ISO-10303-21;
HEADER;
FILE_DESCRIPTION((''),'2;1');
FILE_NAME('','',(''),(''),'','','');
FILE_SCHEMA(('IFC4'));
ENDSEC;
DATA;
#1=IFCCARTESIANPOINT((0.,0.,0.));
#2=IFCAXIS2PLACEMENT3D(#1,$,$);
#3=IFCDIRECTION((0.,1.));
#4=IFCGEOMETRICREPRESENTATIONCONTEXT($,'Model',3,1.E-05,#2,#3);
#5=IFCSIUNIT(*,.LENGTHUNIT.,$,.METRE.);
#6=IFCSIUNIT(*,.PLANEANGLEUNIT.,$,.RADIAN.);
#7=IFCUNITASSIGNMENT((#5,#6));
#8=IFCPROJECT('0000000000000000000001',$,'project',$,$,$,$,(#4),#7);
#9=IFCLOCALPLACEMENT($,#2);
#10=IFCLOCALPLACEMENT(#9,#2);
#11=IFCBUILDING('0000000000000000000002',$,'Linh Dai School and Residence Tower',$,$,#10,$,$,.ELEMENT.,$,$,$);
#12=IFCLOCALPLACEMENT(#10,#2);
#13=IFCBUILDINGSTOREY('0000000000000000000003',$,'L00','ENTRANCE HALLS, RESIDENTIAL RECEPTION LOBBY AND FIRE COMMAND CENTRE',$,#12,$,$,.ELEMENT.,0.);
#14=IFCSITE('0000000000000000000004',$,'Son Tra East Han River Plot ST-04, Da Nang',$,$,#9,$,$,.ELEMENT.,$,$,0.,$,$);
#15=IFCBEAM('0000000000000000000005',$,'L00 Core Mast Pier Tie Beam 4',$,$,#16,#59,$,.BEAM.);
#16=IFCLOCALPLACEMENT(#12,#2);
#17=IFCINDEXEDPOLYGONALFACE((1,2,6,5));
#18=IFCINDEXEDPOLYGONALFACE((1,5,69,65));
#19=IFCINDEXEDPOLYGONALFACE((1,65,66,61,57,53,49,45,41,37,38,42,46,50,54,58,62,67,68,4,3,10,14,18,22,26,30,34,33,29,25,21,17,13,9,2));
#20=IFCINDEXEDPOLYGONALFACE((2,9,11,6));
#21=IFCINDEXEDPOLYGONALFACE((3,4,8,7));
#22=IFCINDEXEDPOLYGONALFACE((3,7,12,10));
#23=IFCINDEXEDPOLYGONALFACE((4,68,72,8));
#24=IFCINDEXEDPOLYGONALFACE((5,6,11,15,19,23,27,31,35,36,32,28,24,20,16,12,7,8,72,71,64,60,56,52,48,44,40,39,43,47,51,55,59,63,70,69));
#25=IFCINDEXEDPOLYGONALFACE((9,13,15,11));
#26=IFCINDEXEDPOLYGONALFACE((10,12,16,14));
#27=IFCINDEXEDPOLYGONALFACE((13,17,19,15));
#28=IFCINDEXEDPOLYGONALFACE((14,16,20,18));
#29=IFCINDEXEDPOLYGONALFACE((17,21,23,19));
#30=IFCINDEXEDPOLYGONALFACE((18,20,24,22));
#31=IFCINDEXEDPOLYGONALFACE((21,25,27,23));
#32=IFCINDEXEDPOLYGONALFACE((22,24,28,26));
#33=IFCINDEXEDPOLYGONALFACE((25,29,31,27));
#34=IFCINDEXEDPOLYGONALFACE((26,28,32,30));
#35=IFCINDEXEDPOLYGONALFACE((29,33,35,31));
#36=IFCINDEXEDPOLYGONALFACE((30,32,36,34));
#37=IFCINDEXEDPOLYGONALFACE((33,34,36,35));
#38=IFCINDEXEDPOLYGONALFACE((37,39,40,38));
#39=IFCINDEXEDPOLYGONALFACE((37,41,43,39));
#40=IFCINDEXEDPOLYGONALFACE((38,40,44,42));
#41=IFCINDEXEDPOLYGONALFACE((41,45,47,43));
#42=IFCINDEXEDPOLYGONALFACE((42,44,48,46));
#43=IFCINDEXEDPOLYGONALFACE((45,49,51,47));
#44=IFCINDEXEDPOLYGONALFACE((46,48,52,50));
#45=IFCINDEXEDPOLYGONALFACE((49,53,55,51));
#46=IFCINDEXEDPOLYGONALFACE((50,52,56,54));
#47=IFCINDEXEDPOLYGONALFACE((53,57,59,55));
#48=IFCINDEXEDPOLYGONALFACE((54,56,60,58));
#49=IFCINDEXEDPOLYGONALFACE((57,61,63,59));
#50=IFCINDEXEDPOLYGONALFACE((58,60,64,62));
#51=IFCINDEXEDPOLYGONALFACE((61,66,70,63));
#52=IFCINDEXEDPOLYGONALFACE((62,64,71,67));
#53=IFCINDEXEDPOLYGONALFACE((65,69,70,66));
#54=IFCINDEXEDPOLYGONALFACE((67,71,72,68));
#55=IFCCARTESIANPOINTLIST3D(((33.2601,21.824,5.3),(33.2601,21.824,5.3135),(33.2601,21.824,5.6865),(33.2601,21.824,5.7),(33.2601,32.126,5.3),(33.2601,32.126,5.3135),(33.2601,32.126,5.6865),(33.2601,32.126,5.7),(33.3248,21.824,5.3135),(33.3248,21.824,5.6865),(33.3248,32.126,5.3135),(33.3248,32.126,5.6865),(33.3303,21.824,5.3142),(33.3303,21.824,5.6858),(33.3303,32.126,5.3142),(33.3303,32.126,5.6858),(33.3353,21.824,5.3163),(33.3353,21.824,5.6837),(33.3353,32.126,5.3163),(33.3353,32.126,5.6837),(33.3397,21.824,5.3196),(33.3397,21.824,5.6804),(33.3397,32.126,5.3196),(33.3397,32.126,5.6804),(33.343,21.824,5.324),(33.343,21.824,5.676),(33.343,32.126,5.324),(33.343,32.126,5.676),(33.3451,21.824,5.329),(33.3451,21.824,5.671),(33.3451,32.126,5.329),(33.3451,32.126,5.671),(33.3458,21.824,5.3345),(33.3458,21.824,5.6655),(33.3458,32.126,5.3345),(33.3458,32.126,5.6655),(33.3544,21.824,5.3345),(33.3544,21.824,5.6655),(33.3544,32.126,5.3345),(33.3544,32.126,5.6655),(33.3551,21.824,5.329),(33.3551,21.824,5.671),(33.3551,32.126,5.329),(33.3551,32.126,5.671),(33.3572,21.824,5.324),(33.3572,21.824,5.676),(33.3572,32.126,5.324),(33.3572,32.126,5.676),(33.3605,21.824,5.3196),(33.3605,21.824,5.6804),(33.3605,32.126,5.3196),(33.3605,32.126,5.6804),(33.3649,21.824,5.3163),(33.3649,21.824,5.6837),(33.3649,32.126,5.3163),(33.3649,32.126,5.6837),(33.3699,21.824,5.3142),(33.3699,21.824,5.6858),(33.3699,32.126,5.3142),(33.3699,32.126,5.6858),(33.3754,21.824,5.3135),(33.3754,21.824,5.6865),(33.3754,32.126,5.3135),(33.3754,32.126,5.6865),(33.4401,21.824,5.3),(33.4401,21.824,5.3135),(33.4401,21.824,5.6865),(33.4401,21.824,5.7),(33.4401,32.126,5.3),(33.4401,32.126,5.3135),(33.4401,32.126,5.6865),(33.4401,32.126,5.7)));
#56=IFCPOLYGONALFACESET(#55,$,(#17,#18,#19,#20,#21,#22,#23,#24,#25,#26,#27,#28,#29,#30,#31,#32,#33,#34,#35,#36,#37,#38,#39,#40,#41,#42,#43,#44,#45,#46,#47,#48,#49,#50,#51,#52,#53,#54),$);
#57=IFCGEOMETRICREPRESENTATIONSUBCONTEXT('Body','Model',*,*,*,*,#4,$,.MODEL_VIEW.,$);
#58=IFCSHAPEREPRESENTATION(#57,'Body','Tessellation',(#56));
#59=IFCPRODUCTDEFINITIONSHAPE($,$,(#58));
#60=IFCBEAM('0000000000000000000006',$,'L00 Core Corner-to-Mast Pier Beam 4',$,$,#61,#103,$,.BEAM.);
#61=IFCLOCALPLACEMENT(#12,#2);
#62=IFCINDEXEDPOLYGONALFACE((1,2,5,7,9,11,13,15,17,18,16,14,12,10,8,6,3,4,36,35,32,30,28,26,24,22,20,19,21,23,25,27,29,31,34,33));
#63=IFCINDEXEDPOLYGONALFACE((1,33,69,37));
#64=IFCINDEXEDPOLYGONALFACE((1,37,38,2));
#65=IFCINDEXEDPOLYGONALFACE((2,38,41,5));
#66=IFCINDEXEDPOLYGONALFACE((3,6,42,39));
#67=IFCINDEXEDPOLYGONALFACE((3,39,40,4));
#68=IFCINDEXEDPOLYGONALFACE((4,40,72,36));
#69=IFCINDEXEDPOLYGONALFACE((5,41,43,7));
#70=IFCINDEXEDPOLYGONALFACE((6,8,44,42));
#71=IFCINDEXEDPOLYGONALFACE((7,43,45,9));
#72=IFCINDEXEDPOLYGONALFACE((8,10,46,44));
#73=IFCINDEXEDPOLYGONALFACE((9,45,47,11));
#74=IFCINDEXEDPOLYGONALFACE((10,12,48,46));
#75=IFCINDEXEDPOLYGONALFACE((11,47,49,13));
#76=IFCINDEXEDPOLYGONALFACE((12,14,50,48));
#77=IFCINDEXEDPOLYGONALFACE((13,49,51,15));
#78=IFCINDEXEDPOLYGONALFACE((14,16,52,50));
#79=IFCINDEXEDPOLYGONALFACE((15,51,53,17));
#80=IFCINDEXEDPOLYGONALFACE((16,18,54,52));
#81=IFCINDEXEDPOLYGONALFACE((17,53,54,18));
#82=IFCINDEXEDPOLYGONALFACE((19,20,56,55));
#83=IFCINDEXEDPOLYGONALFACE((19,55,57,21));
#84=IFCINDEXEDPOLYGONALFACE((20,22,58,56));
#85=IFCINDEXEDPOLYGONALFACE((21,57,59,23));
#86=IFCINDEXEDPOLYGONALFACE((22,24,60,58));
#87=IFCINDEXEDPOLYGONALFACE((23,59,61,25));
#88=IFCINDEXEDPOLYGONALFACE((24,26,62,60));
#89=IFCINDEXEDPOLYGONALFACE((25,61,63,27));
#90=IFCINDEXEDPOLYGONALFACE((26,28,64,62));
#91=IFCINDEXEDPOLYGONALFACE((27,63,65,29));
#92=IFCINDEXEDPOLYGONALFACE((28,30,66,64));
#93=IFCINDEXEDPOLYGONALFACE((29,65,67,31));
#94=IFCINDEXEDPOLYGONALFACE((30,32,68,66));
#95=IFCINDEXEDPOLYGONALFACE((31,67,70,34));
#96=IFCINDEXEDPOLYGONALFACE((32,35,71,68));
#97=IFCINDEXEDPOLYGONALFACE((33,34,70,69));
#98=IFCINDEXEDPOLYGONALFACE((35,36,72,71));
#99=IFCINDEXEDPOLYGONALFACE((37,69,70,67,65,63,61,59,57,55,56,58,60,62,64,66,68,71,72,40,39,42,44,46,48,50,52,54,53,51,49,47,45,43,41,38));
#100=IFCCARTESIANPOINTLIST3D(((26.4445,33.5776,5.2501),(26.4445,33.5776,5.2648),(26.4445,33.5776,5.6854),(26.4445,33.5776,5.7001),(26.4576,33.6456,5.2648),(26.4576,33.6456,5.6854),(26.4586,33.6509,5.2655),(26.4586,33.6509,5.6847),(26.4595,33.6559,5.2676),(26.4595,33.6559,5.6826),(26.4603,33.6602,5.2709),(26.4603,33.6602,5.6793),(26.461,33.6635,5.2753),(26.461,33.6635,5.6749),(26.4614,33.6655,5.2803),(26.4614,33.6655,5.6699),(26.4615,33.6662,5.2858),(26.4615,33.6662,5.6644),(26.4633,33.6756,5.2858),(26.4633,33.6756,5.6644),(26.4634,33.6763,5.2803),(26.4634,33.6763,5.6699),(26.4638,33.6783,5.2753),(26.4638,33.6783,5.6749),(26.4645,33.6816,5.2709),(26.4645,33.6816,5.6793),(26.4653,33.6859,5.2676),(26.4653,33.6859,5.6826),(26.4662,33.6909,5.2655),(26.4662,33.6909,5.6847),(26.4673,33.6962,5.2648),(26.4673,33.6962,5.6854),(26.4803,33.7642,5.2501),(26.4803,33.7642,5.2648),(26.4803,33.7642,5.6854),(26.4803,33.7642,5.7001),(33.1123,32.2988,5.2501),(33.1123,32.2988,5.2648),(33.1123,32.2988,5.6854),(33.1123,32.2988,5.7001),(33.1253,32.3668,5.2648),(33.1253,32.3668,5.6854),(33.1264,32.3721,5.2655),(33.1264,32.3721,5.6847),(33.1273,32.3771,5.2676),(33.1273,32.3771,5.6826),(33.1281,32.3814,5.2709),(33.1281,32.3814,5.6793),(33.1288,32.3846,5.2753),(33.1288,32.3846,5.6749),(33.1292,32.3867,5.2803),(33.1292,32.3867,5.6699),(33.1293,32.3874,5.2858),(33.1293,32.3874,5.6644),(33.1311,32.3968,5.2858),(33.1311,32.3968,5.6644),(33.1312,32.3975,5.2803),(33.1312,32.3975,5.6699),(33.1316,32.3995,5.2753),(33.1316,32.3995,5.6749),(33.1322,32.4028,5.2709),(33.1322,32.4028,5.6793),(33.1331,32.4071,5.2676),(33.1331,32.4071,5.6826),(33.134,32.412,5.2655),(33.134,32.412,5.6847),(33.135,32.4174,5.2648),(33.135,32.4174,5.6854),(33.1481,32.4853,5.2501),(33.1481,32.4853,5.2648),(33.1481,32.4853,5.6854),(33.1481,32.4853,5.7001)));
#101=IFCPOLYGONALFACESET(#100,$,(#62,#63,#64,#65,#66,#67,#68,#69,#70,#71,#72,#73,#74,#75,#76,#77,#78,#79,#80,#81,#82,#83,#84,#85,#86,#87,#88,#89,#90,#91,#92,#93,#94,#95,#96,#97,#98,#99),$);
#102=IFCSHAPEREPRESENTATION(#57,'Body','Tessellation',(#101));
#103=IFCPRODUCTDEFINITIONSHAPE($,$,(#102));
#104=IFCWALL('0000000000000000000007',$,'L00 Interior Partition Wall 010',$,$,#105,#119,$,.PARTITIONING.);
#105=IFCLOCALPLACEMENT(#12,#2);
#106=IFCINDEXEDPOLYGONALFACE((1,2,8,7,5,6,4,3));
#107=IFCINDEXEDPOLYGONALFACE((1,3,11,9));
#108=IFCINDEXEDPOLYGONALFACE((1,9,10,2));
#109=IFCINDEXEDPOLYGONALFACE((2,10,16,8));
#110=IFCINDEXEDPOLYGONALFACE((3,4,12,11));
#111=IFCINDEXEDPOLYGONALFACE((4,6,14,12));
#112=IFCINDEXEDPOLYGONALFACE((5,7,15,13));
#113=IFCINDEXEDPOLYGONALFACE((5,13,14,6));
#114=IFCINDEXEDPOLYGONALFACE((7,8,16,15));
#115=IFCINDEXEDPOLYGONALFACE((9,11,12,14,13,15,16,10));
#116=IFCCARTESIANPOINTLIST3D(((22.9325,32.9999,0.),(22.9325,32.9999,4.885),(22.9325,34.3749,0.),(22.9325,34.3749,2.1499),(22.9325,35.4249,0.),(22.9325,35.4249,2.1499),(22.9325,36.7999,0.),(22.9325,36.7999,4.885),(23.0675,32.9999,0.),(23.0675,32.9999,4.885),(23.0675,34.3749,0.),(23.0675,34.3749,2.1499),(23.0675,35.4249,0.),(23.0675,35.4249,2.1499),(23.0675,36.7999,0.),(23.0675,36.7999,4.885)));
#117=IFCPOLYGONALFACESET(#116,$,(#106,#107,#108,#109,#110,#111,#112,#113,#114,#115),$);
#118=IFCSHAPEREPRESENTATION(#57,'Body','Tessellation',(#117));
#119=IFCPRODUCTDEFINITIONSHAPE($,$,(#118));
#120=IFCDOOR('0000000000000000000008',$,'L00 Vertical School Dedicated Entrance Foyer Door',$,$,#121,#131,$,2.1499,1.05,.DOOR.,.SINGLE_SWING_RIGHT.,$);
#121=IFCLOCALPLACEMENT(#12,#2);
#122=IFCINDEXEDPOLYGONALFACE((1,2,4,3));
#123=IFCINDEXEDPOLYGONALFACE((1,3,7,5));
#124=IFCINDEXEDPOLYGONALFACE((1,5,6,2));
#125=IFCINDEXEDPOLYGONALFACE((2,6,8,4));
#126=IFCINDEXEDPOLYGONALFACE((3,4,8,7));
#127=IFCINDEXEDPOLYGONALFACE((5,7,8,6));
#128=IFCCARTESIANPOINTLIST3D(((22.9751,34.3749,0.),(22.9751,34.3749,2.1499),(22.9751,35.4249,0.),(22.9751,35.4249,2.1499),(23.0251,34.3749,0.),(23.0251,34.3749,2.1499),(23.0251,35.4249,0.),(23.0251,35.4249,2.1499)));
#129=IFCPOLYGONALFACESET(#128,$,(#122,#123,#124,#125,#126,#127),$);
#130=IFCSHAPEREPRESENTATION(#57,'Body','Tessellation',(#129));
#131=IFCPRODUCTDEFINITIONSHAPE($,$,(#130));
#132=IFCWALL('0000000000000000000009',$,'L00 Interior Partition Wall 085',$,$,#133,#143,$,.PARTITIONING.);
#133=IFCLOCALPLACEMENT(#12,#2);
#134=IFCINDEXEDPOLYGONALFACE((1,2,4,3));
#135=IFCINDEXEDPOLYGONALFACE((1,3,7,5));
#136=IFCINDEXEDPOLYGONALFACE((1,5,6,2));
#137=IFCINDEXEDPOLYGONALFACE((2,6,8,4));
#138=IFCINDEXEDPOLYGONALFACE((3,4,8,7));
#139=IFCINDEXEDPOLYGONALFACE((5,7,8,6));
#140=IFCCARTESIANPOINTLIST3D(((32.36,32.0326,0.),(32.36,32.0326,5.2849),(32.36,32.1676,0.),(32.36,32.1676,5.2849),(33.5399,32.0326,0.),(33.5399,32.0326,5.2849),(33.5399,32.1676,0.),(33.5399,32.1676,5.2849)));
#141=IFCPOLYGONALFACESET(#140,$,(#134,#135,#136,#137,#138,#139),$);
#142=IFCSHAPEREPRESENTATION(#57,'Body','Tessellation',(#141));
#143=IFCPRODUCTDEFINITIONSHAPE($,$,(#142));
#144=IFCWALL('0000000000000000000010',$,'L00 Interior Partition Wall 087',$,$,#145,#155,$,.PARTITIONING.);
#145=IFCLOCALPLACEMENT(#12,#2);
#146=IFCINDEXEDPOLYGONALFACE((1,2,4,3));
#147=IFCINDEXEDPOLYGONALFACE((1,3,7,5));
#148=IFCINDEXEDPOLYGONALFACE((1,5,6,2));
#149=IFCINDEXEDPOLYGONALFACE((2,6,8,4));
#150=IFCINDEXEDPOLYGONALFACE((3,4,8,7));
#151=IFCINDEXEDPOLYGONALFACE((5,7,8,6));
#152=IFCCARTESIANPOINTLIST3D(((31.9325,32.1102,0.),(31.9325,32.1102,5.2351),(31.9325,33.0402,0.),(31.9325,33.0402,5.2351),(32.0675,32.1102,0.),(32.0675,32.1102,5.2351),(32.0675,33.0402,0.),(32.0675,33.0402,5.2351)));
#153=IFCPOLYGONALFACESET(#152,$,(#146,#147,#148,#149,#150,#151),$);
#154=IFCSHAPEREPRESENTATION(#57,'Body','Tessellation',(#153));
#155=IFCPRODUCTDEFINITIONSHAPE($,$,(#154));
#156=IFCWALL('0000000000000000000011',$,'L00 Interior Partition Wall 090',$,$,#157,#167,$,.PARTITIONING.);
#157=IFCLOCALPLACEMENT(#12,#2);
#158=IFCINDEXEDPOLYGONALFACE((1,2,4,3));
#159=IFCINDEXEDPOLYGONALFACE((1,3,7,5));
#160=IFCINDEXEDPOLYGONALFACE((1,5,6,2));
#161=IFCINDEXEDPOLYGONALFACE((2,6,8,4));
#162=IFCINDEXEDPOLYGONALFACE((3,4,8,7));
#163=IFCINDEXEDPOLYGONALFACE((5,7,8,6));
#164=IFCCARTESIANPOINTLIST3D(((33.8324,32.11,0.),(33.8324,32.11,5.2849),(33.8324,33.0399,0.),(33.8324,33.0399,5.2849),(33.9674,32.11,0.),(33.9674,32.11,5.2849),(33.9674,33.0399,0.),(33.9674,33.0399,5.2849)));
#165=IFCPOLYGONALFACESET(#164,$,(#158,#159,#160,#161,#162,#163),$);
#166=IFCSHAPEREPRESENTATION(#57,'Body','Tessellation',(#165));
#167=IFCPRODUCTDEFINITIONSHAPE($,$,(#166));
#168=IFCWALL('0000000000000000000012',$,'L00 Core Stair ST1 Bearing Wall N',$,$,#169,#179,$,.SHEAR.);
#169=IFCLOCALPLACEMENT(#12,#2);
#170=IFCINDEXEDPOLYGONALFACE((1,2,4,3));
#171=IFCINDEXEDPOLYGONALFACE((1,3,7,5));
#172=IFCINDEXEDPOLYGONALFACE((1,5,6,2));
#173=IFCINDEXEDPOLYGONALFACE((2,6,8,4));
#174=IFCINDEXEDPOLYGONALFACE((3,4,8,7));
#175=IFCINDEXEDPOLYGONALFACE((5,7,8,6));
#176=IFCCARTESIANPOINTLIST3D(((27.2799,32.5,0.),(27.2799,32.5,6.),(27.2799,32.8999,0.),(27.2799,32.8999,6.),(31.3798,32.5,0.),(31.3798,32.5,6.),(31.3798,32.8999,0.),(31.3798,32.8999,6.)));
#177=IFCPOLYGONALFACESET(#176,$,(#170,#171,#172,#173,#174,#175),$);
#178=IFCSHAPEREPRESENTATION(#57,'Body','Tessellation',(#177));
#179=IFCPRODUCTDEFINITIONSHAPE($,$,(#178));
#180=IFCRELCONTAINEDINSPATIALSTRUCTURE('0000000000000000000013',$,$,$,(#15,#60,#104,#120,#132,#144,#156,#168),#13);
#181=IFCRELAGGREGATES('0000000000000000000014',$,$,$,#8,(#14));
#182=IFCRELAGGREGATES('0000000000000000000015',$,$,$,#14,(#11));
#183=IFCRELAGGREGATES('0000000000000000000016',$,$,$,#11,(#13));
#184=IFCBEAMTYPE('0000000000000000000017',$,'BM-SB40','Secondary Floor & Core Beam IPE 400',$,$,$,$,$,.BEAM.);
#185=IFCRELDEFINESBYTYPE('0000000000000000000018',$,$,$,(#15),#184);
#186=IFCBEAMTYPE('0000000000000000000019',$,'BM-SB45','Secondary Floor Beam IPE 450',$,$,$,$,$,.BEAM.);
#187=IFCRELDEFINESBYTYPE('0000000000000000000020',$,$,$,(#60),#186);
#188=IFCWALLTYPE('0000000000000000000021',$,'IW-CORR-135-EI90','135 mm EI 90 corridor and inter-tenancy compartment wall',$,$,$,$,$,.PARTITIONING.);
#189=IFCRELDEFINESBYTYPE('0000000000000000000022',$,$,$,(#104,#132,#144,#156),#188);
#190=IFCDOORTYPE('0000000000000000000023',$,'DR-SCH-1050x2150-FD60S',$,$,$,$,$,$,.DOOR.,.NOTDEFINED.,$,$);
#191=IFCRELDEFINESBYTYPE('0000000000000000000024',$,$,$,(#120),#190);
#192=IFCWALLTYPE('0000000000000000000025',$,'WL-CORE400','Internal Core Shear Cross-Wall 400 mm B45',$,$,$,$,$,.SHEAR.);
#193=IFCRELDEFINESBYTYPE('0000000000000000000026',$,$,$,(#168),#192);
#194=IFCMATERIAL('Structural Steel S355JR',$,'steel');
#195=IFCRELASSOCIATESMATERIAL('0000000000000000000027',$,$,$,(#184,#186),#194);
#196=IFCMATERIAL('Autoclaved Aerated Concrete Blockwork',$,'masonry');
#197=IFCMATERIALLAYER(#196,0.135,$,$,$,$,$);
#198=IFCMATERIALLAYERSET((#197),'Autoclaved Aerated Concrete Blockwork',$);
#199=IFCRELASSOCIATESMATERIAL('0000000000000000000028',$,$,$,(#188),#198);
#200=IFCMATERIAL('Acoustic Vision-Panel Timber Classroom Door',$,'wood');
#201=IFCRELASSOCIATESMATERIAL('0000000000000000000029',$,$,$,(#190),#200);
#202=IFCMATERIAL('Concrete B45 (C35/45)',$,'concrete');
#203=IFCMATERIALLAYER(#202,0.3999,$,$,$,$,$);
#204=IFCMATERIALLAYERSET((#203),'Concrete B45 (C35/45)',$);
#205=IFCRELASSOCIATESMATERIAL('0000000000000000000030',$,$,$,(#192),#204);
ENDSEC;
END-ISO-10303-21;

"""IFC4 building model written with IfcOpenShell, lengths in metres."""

from ifc_helpers import new_model, si_unit, direction, frame, frame_2d, origin, origin_2d, place, context, subcontext, project, spatial, rectangle, i_section, extrude, source, transform, mapped, material, layer, layer_set, material_profile, profile_set, type_object, element, fill, save


model = new_model("IFC4")

# Units and contexts
model_context = context("Model", 3, precision=1e-05, world=origin(), true_north=direction((0.0, 1.0)))
body_context = subcontext(model_context, "Body", "Model", "MODEL_VIEW")
ifc_project = project(units=[si_unit("LENGTHUNIT", "METRE"), si_unit("PLANEANGLEUNIT", "RADIAN")], contexts=[model_context])

# Site, building, storey
site_placement = place(None, origin())
site = spatial("IfcSite", under=ifc_project, at=site_placement, Name="Son Tra East Han River Plot ST-04, Da Nang", CompositionType="ELEMENT", RefElevation=0.0)
building_placement = place(site_placement, origin())
building = spatial("IfcBuilding", under=site, at=building_placement, Name="Linh Dai School and Residence Tower", CompositionType="ELEMENT")
storey_placement = place(building_placement, origin())
storey = spatial("IfcBuildingStorey", under=building, at=storey_placement, Name="L00", Description="ENTRANCE HALLS, RESIDENTIAL RECEPTION LOBBY AND FIRE COMMAND CENTRE", CompositionType="ELEMENT", Elevation=0.0)

# Shared definitions
ifc_material_1 = material(Name="Structural Steel S355JR", Category="steel")

# Beams
ifc_material_profile_1 = material_profile(ifc_material_1, i_section(OverallWidth=0.1799, OverallDepth=0.3999, WebThickness=0.0085, FlangeThickness=0.0134, FilletRadius=0.021, at=origin_2d()), Name="IPE 400")
ifc_profile_set_1 = profile_set([ifc_material_profile_1], Name="Structural Steel S355JR")
beam_type_1 = type_object("IfcBeamType", Name="BM-SB40", Description="Secondary Floor & Core Beam IPE 400", PredefinedType="BEAM", material=ifc_profile_set_1)
beam_1_placement = place(storey_placement, frame((33.3501, 32.126, 5.5), z_axis=(0.0, -1.0, 0.0), x_axis=(1.0, 0.0, 0.0)))
element("IfcBeam", 1, at=beam_1_placement, inside=storey, type_object=beam_type_1, Name="L00 Core Mast Pier Tie Beam 4", PredefinedType="BEAM", context=body_context, shape_type="SweptSolid", body=[
    extrude(i_section(OverallWidth=0.1799, OverallDepth=0.3999, WebThickness=0.0085, FlangeThickness=0.0134, FilletRadius=0.021, at=origin_2d()), origin(), (0.0, 0.0, 1.0), 10.302),
])
ifc_material_profile_2 = material_profile(ifc_material_1, i_section(OverallWidth=0.1899, OverallDepth=0.45, WebThickness=0.0095, FlangeThickness=0.0146, FilletRadius=0.021, at=origin_2d()), Name="IPE 450")
ifc_profile_set_2 = profile_set([ifc_material_profile_2], Name="Structural Steel S355JR")
beam_type_2 = type_object("IfcBeamType", Name="BM-SB45", Description="Secondary Floor Beam IPE 450", PredefinedType="BEAM", material=ifc_profile_set_2)
beam_2_placement = place(storey_placement, frame((26.4624, 33.6709, 5.4751), z_axis=(0.9821, -0.188358, 0.0), x_axis=(0.188358, 0.9821, 0.0)))
element("IfcBeam", 2, at=beam_2_placement, inside=storey, type_object=beam_type_2, Name="L00 Core Corner-to-Mast Pier Beam 4", PredefinedType="BEAM", context=body_context, shape_type="SweptSolid", body=[
    extrude(i_section(OverallWidth=0.1899, OverallDepth=0.45, WebThickness=0.0095, FlangeThickness=0.0146, FilletRadius=0.021, at=origin_2d()), origin(), (0.0, 0.0, 1.0), 6.7893),
])

# Wall, opening, door
ifc_material_2 = material(Name="Autoclaved Aerated Concrete Blockwork", Category="masonry")
ifc_layer_1 = layer(ifc_material_2, 0.135)
ifc_layer_set_1 = layer_set([ifc_layer_1], Name="Autoclaved Aerated Concrete Blockwork")
wall_type_1 = type_object("IfcWallType", Name="IW-CORR-135-EI90", Description="135 mm EI 90 corridor and inter-tenancy compartment wall", PredefinedType="PARTITIONING", material=ifc_layer_set_1)
wall_1_placement = place(storey_placement, frame((23.0, 33.0, 0.0), z_axis=(0.0, 0.0, 1.0), x_axis=(0.0, 1.0, 0.0)))
wall_1 = element("IfcWall", 3, at=wall_1_placement, inside=storey, type_object=wall_type_1, Name="L00 Interior Partition Wall 010", PredefinedType="PARTITIONING", context=body_context, shape_type="SweptSolid", body=[
    extrude(rectangle(XDim=3.8, YDim=0.135, at=frame_2d((1.8999, 0.0))), origin(), (0.0, 0.0, 1.0), 4.885),
])
opening_placement = place(wall_1_placement, frame((1.375, 0.0, 0.0)))
opening = element("IfcOpeningElement", 4, at=opening_placement, cuts=wall_1, PredefinedType="OPENING", context=body_context, shape_type="SweptSolid", body=[
    extrude(rectangle(XDim=1.05, YDim=2.1499, at=origin_2d()), frame((0.5249, 0.0776, 1.075), z_axis=(0.0, -1.0, 0.0), x_axis=(1.0, 0.0, 0.0)), (0.0, 0.0, 1.0), 0.155),
])
ifc_material_3 = material(Name="Acoustic Vision-Panel Timber Classroom Door", Category="wood")
door_type = type_object("IfcDoorType", Name="DR-SCH-1050x2150-FD60S", OperationType="NOTDEFINED", PredefinedType="DOOR", material=ifc_material_3)
shared_shape_1 = source(origin(), body_context, "Body", "SweptSolid", [
    extrude(rectangle(XDim=1.05, YDim=2.1499, at=origin_2d()), frame((0.5249, 0.0249, 1.075), z_axis=(0.0, -1.0, 0.0), x_axis=(1.0, 0.0, 0.0)), (0.0, 0.0, 1.0), 0.05),
])
door_placement = place(opening_placement, origin())
door = element("IfcDoor", 5, at=door_placement, inside=storey, type_object=door_type, Name="L00 Vertical School Dedicated Entrance Foyer Door", OperationType="SINGLE_SWING_RIGHT", OverallHeight=2.1499, OverallWidth=1.05, PredefinedType="DOOR", context=body_context, shape_type="MappedRepresentation", body=[
    mapped(shared_shape_1, transform((0.0, 0.0, 0.0), x_axis=(1.0, 0.0, 0.0), y_axis=(0.0, 1.0, 0.0), z_axis=(0.0, 0.0, 1.0), scale=1.0)),
])
fill(opening, door)

# Walls
wall_2_placement = place(storey_placement, frame((32.3601, 32.1001, 0.0), z_axis=(0.0, 0.0, 1.0), x_axis=(1.0, 0.0, 0.0)))
element("IfcWall", 6, at=wall_2_placement, inside=storey, type_object=wall_type_1, Name="L00 Interior Partition Wall 085", PredefinedType="PARTITIONING", context=body_context, shape_type="SweptSolid", body=[
    extrude(rectangle(XDim=1.1799, YDim=0.135, at=frame_2d((0.5898, 0.0))), origin(), (0.0, 0.0, 1.0), 5.2849),
])
wall_3_placement = place(storey_placement, frame((32.0, 33.04, 0.0), z_axis=(0.0, 0.0, 1.0), x_axis=(0.0, -1.0, 0.0)))
element("IfcWall", 7, at=wall_3_placement, inside=storey, type_object=wall_type_1, Name="L00 Interior Partition Wall 087", PredefinedType="PARTITIONING", context=body_context, shape_type="SweptSolid", body=[
    extrude(rectangle(XDim=0.9299, YDim=0.135, at=frame_2d((0.4648, 0.0))), origin(), (0.0, 0.0, 1.0), 5.2351),
])
wall_4_placement = place(storey_placement, frame((33.8999, 32.1101, 0.0), z_axis=(0.0, 0.0, 1.0), x_axis=(0.0, 1.0, 0.0)))
element("IfcWall", 8, at=wall_4_placement, inside=storey, type_object=wall_type_1, Name="L00 Interior Partition Wall 090", PredefinedType="PARTITIONING", context=body_context, shape_type="SweptSolid", body=[
    extrude(rectangle(XDim=0.9299, YDim=0.135, at=frame_2d((0.4648, 0.0))), origin(), (0.0, 0.0, 1.0), 5.2849),
])
ifc_material_4 = material(Name="Concrete B45 (C35/45)", Category="concrete")
ifc_layer_2 = layer(ifc_material_4, 0.3999)
ifc_layer_set_2 = layer_set([ifc_layer_2], Name="Concrete B45 (C35/45)")
wall_type_2 = type_object("IfcWallType", Name="WL-CORE400", Description="Internal Core Shear Cross-Wall 400 mm B45", PredefinedType="SHEAR", material=ifc_layer_set_2)
wall_5_placement = place(storey_placement, frame((27.28, 32.7, 0.0), z_axis=(0.0, 0.0, 1.0), x_axis=(1.0, 0.0, 0.0)))
element("IfcWall", 9, at=wall_5_placement, inside=storey, type_object=wall_type_2, Name="L00 Core Stair ST1 Bearing Wall N", PredefinedType="SHEAR", context=body_context, shape_type="SweptSolid", body=[
    extrude(rectangle(XDim=4.0999, YDim=0.3999, at=frame_2d((2.0498, 0.0))), origin(), (0.0, 0.0, 1.0), 6.0),
])

save(model, "model.ifc")
